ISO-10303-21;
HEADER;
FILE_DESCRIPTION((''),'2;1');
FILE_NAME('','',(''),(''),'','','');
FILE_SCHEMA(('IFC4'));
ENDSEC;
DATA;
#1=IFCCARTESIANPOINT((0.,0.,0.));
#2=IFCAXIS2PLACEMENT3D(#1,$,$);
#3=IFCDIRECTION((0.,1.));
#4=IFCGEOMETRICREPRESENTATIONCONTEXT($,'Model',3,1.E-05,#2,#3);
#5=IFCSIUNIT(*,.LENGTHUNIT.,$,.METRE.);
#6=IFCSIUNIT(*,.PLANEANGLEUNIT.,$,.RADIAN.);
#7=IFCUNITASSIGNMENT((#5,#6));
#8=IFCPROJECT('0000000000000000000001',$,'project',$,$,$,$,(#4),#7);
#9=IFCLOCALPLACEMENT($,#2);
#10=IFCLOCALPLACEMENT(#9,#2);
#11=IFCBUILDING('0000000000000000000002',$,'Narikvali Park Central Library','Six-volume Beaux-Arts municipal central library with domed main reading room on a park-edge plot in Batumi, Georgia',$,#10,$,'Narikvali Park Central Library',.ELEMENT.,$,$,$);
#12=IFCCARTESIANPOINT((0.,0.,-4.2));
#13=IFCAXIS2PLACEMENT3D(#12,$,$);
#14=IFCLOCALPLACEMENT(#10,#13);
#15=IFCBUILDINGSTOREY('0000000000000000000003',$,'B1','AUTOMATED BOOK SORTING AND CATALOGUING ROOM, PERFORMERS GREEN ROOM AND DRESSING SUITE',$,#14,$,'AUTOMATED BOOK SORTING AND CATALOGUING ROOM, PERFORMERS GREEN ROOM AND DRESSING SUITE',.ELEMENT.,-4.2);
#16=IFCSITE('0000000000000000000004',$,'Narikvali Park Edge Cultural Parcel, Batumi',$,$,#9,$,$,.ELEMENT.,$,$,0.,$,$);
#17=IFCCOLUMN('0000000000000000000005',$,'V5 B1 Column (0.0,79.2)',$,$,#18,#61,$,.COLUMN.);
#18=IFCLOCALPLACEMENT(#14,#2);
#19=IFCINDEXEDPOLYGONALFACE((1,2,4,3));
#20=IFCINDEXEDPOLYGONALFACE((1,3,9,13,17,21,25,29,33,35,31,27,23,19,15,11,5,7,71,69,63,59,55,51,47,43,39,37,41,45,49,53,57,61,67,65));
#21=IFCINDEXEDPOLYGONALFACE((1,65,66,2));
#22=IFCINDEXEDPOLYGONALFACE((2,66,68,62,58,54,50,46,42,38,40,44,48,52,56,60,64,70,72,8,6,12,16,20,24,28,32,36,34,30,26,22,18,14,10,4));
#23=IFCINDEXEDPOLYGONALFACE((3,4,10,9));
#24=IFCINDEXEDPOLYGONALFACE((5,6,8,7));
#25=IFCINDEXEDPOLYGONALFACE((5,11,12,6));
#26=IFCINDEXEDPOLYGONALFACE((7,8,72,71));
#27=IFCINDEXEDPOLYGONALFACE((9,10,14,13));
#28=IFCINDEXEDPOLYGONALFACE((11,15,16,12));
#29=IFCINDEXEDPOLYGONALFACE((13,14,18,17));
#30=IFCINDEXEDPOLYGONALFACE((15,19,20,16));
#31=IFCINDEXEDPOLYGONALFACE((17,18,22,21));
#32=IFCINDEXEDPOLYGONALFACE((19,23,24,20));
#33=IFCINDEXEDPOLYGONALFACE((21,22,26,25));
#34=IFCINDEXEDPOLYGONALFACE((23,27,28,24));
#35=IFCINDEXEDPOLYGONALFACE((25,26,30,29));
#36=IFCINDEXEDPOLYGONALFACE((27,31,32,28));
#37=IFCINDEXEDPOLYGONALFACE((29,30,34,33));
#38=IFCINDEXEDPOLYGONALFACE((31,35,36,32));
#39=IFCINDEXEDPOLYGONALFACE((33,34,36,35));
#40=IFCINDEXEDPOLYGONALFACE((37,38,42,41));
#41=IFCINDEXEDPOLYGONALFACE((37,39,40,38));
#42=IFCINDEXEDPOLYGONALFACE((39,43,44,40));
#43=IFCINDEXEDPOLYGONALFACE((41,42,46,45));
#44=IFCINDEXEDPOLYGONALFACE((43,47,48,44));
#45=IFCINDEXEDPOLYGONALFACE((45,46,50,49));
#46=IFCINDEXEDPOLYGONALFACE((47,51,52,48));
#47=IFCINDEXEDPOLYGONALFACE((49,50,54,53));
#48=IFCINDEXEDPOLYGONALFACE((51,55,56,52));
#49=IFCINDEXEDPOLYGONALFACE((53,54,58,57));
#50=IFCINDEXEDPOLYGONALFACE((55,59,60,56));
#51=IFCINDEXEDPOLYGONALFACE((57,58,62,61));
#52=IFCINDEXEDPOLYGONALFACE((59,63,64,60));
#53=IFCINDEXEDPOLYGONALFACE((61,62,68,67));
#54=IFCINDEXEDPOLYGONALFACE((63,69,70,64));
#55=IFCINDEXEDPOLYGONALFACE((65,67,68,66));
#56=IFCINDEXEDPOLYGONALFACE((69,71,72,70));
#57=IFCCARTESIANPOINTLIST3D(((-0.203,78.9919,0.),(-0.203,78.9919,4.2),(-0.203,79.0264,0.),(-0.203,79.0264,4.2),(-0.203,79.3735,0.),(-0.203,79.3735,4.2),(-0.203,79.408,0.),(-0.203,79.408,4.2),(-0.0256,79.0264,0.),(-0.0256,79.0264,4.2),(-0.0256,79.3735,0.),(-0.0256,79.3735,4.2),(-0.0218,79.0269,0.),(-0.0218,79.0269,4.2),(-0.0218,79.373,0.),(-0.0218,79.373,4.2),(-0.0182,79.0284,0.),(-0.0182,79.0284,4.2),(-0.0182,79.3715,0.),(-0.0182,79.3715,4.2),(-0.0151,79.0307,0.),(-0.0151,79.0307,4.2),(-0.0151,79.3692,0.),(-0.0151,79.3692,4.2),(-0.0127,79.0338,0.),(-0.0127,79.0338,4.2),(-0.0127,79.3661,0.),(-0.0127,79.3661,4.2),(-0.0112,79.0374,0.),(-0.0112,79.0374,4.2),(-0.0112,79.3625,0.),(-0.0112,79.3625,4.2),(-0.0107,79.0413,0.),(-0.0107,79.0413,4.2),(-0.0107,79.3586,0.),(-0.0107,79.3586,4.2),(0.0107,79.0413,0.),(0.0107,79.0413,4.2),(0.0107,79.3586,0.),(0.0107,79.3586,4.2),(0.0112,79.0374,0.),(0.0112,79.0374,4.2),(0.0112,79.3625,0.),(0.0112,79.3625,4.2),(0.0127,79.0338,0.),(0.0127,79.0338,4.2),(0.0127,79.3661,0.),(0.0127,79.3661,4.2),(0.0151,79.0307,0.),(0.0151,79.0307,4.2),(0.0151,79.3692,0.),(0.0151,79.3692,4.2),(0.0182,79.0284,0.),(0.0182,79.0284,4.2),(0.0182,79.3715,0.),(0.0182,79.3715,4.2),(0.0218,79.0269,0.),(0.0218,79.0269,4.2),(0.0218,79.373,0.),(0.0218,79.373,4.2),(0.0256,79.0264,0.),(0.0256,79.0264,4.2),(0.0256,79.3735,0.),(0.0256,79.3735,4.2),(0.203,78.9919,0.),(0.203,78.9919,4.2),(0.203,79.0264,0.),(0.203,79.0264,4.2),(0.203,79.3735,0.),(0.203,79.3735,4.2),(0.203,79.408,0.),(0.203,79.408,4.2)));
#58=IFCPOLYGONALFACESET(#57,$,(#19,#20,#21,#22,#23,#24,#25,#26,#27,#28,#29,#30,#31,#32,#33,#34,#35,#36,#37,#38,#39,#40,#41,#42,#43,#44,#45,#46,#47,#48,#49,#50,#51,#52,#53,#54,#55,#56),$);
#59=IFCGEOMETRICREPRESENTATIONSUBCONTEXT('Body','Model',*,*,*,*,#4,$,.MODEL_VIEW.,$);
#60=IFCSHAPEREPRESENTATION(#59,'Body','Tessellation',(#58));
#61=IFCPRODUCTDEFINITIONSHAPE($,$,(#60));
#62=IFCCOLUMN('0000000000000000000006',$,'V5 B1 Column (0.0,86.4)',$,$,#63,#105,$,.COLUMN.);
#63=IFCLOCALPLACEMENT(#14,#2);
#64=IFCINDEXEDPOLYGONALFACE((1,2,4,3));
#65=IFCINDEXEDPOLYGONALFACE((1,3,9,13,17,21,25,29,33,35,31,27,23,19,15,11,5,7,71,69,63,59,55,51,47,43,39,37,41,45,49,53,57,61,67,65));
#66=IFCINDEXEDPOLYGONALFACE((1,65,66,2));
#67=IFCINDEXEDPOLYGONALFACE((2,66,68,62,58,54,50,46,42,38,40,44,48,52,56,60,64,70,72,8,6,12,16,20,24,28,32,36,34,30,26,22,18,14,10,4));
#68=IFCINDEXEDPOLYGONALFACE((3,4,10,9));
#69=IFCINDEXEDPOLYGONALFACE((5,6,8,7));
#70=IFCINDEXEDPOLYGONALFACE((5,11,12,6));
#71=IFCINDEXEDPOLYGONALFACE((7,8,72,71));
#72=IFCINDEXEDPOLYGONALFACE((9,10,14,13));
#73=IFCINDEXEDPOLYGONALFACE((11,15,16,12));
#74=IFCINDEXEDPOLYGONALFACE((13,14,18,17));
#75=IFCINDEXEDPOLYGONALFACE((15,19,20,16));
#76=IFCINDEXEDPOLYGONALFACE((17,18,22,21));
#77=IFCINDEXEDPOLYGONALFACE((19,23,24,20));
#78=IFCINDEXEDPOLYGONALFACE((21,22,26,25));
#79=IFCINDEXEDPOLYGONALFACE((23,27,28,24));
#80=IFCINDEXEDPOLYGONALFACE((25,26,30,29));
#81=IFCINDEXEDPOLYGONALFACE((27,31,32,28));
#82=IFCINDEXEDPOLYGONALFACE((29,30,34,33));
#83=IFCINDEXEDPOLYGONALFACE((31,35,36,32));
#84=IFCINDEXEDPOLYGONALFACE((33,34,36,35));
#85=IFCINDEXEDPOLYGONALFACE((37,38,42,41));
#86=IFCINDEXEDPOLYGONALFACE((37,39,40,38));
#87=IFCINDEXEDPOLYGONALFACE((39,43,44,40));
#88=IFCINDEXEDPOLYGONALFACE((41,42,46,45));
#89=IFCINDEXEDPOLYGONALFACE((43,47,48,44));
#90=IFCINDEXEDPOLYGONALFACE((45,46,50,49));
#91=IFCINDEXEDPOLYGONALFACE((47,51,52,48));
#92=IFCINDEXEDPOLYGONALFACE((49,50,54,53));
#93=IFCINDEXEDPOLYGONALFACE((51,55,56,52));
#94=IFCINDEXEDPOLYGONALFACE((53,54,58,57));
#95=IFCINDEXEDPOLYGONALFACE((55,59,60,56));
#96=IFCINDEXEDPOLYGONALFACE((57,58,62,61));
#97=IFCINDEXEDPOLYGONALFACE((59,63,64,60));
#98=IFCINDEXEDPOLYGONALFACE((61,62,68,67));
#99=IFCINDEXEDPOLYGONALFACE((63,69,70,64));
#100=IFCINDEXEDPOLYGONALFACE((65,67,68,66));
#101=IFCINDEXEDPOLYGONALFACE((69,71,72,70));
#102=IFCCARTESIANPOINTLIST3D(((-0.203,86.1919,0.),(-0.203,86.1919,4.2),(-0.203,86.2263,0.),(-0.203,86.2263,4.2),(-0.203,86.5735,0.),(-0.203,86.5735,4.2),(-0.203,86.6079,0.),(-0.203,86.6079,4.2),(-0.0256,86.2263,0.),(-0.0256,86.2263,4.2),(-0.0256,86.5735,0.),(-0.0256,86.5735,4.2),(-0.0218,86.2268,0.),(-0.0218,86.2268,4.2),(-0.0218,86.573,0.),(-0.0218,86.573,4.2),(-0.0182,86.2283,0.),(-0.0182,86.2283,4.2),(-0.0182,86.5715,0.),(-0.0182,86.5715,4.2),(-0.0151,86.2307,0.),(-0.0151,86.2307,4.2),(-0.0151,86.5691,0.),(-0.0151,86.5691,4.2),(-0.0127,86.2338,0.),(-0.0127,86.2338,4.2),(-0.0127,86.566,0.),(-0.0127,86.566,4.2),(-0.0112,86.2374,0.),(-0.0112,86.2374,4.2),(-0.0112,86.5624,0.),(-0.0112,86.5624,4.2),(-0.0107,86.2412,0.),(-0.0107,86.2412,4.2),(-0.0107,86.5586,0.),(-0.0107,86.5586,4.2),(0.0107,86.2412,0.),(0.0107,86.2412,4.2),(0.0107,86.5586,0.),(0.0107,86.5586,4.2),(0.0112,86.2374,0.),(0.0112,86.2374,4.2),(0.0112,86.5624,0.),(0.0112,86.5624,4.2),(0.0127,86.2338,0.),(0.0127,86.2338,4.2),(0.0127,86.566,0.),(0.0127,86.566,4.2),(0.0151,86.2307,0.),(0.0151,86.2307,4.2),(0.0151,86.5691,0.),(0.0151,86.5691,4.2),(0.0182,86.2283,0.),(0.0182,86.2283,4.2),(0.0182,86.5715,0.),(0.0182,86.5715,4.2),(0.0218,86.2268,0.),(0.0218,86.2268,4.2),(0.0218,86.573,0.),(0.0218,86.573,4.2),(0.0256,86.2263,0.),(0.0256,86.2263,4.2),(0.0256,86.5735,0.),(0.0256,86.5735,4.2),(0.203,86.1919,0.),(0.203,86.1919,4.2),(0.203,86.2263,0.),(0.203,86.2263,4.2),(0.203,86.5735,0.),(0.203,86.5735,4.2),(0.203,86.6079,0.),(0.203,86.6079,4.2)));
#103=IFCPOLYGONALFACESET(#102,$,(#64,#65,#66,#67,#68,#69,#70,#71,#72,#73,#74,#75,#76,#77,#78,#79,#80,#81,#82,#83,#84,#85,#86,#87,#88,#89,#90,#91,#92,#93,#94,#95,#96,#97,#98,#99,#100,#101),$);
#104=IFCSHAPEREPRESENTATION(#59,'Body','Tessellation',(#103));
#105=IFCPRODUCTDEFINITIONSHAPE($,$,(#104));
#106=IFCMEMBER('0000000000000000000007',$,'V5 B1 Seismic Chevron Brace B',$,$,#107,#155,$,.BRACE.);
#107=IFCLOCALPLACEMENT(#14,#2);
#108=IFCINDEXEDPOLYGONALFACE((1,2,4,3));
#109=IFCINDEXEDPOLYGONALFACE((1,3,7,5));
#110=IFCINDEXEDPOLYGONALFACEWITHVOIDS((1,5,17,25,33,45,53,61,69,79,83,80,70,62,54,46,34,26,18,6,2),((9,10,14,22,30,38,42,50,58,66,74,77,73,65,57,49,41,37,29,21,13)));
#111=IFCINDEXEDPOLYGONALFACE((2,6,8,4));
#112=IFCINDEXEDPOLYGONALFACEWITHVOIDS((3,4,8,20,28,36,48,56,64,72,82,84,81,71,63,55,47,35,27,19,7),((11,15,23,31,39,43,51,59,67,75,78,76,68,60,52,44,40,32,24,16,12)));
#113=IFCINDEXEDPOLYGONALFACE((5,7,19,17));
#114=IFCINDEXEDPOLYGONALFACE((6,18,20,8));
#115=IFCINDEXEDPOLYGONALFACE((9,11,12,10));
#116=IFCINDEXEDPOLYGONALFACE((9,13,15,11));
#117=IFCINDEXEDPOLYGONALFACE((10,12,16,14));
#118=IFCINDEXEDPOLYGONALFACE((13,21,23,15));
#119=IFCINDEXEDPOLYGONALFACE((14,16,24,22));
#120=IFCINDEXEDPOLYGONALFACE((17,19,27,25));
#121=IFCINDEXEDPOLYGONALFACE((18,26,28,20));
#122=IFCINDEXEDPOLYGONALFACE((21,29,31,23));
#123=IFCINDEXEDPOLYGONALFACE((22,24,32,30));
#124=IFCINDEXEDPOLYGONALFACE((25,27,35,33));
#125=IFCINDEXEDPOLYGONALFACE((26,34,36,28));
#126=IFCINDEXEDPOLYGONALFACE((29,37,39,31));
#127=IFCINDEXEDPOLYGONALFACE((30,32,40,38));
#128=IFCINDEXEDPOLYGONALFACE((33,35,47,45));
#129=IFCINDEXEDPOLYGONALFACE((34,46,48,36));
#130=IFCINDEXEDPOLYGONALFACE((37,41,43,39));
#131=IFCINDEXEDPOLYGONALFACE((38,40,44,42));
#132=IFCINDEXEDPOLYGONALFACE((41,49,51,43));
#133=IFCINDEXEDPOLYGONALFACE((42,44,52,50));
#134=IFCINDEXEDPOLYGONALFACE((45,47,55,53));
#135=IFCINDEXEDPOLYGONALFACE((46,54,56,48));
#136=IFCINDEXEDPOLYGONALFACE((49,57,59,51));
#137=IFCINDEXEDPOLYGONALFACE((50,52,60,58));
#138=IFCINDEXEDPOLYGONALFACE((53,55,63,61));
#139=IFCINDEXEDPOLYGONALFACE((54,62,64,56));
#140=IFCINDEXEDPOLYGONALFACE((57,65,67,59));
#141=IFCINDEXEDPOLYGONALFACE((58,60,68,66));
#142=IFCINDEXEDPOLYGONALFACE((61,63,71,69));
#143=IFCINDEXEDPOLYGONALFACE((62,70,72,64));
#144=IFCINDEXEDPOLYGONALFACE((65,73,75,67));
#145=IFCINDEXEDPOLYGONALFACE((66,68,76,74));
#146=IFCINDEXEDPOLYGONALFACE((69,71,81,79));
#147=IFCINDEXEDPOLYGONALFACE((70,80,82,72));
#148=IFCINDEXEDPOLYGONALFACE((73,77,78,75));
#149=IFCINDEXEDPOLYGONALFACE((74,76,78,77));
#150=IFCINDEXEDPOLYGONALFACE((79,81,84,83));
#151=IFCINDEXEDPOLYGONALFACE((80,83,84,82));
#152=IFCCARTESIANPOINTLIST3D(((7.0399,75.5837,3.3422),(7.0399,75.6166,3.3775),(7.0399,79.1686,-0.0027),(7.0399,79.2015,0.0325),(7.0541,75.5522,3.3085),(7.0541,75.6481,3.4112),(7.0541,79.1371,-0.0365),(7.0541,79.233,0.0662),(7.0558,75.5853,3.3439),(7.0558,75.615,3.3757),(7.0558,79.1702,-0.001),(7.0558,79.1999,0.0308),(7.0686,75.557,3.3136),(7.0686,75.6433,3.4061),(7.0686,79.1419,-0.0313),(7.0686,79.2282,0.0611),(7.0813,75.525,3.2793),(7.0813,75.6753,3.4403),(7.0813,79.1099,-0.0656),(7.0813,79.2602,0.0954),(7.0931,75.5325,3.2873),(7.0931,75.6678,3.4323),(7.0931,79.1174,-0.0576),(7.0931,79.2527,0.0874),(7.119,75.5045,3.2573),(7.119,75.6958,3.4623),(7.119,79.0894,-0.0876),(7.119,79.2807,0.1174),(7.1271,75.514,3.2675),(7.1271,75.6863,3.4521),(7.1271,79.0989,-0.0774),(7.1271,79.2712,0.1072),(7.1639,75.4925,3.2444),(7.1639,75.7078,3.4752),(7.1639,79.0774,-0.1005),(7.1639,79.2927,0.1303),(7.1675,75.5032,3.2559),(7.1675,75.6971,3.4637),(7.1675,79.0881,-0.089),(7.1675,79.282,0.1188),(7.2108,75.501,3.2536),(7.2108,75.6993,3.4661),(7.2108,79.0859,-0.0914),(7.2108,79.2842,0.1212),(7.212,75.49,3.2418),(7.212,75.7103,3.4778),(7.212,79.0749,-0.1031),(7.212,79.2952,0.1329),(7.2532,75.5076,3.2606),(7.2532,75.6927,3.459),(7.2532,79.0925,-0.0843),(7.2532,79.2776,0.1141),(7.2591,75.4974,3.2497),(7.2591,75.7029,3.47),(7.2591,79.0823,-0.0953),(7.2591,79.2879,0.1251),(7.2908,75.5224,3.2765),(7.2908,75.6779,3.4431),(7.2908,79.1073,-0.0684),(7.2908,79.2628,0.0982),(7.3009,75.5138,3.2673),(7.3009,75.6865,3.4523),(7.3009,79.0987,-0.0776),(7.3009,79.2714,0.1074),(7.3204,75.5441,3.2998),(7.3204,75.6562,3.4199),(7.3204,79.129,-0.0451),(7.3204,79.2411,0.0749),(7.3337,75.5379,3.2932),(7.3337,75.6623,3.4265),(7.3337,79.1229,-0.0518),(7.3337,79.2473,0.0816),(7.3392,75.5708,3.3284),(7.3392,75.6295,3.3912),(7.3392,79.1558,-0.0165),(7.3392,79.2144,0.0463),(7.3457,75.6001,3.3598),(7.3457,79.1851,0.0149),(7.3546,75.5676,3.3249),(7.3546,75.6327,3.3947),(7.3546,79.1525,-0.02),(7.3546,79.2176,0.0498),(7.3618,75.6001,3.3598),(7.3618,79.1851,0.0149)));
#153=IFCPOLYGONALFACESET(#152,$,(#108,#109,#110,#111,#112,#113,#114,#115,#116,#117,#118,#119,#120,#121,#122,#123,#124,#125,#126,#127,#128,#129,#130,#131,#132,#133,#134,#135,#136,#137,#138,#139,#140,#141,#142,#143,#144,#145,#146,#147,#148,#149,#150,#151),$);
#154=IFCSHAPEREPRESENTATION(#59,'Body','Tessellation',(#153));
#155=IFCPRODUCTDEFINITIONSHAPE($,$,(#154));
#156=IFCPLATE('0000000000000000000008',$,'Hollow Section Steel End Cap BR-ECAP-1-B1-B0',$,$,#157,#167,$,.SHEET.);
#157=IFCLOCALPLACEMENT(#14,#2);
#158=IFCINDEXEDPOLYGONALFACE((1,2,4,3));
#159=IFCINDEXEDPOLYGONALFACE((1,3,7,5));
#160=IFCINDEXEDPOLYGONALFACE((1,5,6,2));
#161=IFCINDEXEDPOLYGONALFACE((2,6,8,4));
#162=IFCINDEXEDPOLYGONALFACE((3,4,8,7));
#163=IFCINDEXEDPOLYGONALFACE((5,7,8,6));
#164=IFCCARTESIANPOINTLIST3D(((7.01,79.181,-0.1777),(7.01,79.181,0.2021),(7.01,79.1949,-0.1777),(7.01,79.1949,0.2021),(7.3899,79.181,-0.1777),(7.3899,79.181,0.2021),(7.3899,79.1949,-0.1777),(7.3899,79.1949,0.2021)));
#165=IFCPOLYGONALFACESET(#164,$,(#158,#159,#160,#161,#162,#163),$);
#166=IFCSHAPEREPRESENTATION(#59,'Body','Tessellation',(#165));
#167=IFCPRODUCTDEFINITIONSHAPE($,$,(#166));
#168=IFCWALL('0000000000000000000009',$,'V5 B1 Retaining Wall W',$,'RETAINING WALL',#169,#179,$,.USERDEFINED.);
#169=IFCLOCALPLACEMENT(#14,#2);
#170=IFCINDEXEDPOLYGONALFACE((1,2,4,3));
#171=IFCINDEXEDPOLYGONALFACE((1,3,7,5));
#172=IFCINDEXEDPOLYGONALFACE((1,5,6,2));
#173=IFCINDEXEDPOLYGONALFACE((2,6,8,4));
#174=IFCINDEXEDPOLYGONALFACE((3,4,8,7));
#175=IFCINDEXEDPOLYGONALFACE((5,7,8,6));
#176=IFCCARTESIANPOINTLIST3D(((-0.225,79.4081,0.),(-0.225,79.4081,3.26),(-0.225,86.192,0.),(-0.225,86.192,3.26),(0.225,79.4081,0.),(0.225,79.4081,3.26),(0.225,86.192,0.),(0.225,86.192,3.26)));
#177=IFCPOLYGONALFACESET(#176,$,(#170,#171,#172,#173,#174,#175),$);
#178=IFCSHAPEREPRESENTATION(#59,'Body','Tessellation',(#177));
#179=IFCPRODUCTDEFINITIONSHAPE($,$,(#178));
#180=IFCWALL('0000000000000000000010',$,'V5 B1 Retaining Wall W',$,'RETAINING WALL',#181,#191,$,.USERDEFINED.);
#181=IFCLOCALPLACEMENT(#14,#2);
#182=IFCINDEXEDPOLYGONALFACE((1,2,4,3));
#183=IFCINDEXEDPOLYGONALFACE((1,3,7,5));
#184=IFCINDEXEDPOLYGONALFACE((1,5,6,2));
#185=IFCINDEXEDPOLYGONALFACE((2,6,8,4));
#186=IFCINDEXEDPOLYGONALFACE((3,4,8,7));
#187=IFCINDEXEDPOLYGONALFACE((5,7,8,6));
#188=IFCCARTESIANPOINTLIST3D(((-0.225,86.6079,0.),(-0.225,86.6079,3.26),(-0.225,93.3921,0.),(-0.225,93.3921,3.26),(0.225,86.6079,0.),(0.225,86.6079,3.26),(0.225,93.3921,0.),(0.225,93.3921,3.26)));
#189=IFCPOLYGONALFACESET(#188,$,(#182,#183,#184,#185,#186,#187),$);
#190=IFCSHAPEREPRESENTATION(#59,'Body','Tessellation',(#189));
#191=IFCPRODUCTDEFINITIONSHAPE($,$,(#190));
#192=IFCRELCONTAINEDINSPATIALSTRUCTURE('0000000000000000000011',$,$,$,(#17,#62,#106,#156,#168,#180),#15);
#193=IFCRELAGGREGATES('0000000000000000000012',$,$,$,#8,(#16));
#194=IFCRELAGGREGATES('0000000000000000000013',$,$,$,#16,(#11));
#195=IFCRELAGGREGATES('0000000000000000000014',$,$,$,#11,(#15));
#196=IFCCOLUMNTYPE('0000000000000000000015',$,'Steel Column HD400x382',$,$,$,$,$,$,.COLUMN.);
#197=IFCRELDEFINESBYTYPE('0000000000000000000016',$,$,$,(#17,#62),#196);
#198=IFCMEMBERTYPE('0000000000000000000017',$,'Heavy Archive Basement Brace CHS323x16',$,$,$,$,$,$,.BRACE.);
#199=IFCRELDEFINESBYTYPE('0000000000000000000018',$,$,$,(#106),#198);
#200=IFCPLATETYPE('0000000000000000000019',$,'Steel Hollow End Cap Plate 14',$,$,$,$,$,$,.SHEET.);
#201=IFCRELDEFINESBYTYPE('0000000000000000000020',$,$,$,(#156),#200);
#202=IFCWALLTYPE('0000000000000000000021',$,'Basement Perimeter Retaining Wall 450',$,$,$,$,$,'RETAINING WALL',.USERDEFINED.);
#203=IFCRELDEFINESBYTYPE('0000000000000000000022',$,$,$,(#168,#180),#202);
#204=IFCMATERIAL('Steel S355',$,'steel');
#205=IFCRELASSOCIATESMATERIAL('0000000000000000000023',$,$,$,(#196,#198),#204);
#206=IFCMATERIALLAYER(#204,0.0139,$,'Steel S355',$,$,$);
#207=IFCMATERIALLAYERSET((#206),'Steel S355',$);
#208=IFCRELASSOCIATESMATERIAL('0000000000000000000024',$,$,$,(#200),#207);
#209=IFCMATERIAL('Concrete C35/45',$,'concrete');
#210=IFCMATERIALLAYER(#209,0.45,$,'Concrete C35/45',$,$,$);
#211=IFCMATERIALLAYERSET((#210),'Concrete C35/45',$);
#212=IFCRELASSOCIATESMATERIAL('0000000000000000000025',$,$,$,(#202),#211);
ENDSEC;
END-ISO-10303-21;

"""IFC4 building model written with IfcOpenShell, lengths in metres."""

from ifc_helpers import new_model, si_unit, direction, frame, frame_2d, origin, origin_2d, place, context, subcontext, project, spatial, rectangle, hollow_circle, i_section, extrude, material, layer, layer_set, material_profile, profile_set, type_object, element, save


model = new_model("IFC4")

# Units and contexts
model_context = context("Model", 3, precision=1e-05, world=origin(), true_north=direction((0.0, 1.0)))
body_context = subcontext(model_context, "Body", "Model", "MODEL_VIEW")
ifc_project = project(units=[si_unit("LENGTHUNIT", "METRE"), si_unit("PLANEANGLEUNIT", "RADIAN")], contexts=[model_context])

# Site, building, storey
site_placement = place(None, origin())
site = spatial("IfcSite", under=ifc_project, at=site_placement, Name="Narikvali Park Edge Cultural Parcel, Batumi", CompositionType="ELEMENT", RefElevation=0.0)
building_placement = place(site_placement, origin())
building = spatial("IfcBuilding", under=site, at=building_placement, Name="Narikvali Park Central Library", Description="Six-volume Beaux-Arts municipal central library with domed main reading room on a park-edge plot in Batumi, Georgia", LongName="Narikvali Park Central Library", CompositionType="ELEMENT")
storey_placement = place(building_placement, frame((0.0, 0.0, -4.2)))
storey = spatial("IfcBuildingStorey", under=building, at=storey_placement, Name="B1", Description="AUTOMATED BOOK SORTING AND CATALOGUING ROOM, PERFORMERS GREEN ROOM AND DRESSING SUITE", LongName="AUTOMATED BOOK SORTING AND CATALOGUING ROOM, PERFORMERS GREEN ROOM AND DRESSING SUITE", CompositionType="ELEMENT", Elevation=-4.2)

# Shared definitions
ifc_material_1 = material(Name="Concrete C35/45", Category="concrete")

# Columns
ifc_material_2 = material(Name="Steel S355", Category="steel")
ifc_material_profile_1 = material_profile(ifc_material_2, i_section(OverallWidth=0.406, OverallDepth=0.416, WebThickness=0.0215, FlangeThickness=0.0344, FilletRadius=0.0149, at=origin_2d()), Name="HD 400x382")
ifc_profile_set_1 = profile_set([ifc_material_profile_1], Name="Steel S355")
column_type_1 = type_object("IfcColumnType", Name="Steel Column HD400x382", PredefinedType="COLUMN", material=ifc_profile_set_1)
for number, where, z_axis, x_axis, name in (
    (1, (0.0, 79.2, 0.0), (0.0, 0.0, 1.0), (1.0, 0.0, 0.0), "V5 B1 Column (0.0,79.2)"),
    (2, (0.0, 86.3999, 0.0), (0.0, 0.0, 1.0), (1.0, 0.0, 0.0), "V5 B1 Column (0.0,86.4)"),
):
    element("IfcColumn", number, at=place(storey_placement, frame(where, z_axis=z_axis, x_axis=x_axis)), inside=storey, type_object=column_type_1, Name=name, PredefinedType="COLUMN", context=body_context, shape_type="SweptSolid", body=[
        extrude(i_section(OverallWidth=0.406, OverallDepth=0.416, WebThickness=0.0215, FlangeThickness=0.0344, FilletRadius=0.0149, at=origin_2d()), origin(), (0.0, 0.0, 1.0), 4.2),
    ])

# Member
ifc_material_profile_2 = material_profile(ifc_material_2, hollow_circle(Radius=0.1619, WallThickness=0.0161, at=origin_2d()), Name="CHS 323.9x16")
ifc_profile_set_2 = profile_set([ifc_material_profile_2], Name="Steel S355")
member_type = type_object("IfcMemberType", Name="Heavy Archive Basement Brace CHS323x16", PredefinedType="BRACE", material=ifc_profile_set_2)
member_placement = place(storey_placement, frame((7.2, 79.1851, 0.0149), z_axis=(0.0, -0.731156, 0.68221), x_axis=(1.0, 0.0, 0.0)))
element("IfcMember", 3, at=member_placement, inside=storey, type_object=member_type, Name="V5 B1 Seismic Chevron Brace B", PredefinedType="BRACE", context=body_context, shape_type="SweptSolid", body=[
    extrude(hollow_circle(Radius=0.1619, WallThickness=0.0161, at=origin_2d()), origin(), (0.0, 0.0, 1.0), 4.9031),
])

# Plate
ifc_layer_1 = layer(ifc_material_2, 0.0139, Name="Steel S355")
ifc_layer_set_1 = layer_set([ifc_layer_1], Name="Steel S355")
plate_type = type_object("IfcPlateType", Name="Steel Hollow End Cap Plate 14", PredefinedType="SHEET", material=ifc_layer_set_1)
plate_placement = place(storey_placement, frame((7.2, 79.188, -0.1777), z_axis=(0.0, 0.0, 1.0), x_axis=(1.0, 0.0, 0.0)))
element("IfcPlate", 4, at=plate_placement, inside=storey, type_object=plate_type, Name="Hollow Section Steel End Cap BR-ECAP-1-B1-B0", PredefinedType="SHEET", context=body_context, shape_type="SweptSolid", body=[
    extrude(rectangle(XDim=0.3799, YDim=0.0139, at=origin_2d()), origin(), (0.0, 0.0, 1.0), 0.3799),
])

# Walls
ifc_layer_2 = layer(ifc_material_1, 0.45, Name="Concrete C35/45")
ifc_layer_set_2 = layer_set([ifc_layer_2], Name="Concrete C35/45")
wall_type_1 = type_object("IfcWallType", Name="Basement Perimeter Retaining Wall 450", ElementType="RETAINING WALL", PredefinedType="USERDEFINED", material=ifc_layer_set_2)
wall_1_placement = place(storey_placement, frame((0.0, 79.408, 0.0), z_axis=(0.0, 0.0, 1.0), x_axis=(0.0, 1.0, 0.0)))
element("IfcWall", 5, at=wall_1_placement, inside=storey, type_object=wall_type_1, Name="V5 B1 Retaining Wall W", ObjectType="RETAINING WALL", PredefinedType="USERDEFINED", context=body_context, shape_type="SweptSolid", body=[
    extrude(rectangle(XDim=6.7839, YDim=0.45, at=frame_2d((3.3921, 0.0))), origin(), (0.0, 0.0, 1.0), 3.26),
])
wall_2_placement = place(storey_placement, frame((0.0, 86.6079, 0.0), z_axis=(0.0, 0.0, 1.0), x_axis=(0.0, 1.0, 0.0)))
element("IfcWall", 6, at=wall_2_placement, inside=storey, type_object=wall_type_1, Name="V5 B1 Retaining Wall W", ObjectType="RETAINING WALL", PredefinedType="USERDEFINED", context=body_context, shape_type="SweptSolid", body=[
    extrude(rectangle(XDim=6.7842, YDim=0.45, at=frame_2d((3.3921, 0.0))), origin(), (0.0, 0.0, 1.0), 3.26),
])

save(model, "model.ifc")
